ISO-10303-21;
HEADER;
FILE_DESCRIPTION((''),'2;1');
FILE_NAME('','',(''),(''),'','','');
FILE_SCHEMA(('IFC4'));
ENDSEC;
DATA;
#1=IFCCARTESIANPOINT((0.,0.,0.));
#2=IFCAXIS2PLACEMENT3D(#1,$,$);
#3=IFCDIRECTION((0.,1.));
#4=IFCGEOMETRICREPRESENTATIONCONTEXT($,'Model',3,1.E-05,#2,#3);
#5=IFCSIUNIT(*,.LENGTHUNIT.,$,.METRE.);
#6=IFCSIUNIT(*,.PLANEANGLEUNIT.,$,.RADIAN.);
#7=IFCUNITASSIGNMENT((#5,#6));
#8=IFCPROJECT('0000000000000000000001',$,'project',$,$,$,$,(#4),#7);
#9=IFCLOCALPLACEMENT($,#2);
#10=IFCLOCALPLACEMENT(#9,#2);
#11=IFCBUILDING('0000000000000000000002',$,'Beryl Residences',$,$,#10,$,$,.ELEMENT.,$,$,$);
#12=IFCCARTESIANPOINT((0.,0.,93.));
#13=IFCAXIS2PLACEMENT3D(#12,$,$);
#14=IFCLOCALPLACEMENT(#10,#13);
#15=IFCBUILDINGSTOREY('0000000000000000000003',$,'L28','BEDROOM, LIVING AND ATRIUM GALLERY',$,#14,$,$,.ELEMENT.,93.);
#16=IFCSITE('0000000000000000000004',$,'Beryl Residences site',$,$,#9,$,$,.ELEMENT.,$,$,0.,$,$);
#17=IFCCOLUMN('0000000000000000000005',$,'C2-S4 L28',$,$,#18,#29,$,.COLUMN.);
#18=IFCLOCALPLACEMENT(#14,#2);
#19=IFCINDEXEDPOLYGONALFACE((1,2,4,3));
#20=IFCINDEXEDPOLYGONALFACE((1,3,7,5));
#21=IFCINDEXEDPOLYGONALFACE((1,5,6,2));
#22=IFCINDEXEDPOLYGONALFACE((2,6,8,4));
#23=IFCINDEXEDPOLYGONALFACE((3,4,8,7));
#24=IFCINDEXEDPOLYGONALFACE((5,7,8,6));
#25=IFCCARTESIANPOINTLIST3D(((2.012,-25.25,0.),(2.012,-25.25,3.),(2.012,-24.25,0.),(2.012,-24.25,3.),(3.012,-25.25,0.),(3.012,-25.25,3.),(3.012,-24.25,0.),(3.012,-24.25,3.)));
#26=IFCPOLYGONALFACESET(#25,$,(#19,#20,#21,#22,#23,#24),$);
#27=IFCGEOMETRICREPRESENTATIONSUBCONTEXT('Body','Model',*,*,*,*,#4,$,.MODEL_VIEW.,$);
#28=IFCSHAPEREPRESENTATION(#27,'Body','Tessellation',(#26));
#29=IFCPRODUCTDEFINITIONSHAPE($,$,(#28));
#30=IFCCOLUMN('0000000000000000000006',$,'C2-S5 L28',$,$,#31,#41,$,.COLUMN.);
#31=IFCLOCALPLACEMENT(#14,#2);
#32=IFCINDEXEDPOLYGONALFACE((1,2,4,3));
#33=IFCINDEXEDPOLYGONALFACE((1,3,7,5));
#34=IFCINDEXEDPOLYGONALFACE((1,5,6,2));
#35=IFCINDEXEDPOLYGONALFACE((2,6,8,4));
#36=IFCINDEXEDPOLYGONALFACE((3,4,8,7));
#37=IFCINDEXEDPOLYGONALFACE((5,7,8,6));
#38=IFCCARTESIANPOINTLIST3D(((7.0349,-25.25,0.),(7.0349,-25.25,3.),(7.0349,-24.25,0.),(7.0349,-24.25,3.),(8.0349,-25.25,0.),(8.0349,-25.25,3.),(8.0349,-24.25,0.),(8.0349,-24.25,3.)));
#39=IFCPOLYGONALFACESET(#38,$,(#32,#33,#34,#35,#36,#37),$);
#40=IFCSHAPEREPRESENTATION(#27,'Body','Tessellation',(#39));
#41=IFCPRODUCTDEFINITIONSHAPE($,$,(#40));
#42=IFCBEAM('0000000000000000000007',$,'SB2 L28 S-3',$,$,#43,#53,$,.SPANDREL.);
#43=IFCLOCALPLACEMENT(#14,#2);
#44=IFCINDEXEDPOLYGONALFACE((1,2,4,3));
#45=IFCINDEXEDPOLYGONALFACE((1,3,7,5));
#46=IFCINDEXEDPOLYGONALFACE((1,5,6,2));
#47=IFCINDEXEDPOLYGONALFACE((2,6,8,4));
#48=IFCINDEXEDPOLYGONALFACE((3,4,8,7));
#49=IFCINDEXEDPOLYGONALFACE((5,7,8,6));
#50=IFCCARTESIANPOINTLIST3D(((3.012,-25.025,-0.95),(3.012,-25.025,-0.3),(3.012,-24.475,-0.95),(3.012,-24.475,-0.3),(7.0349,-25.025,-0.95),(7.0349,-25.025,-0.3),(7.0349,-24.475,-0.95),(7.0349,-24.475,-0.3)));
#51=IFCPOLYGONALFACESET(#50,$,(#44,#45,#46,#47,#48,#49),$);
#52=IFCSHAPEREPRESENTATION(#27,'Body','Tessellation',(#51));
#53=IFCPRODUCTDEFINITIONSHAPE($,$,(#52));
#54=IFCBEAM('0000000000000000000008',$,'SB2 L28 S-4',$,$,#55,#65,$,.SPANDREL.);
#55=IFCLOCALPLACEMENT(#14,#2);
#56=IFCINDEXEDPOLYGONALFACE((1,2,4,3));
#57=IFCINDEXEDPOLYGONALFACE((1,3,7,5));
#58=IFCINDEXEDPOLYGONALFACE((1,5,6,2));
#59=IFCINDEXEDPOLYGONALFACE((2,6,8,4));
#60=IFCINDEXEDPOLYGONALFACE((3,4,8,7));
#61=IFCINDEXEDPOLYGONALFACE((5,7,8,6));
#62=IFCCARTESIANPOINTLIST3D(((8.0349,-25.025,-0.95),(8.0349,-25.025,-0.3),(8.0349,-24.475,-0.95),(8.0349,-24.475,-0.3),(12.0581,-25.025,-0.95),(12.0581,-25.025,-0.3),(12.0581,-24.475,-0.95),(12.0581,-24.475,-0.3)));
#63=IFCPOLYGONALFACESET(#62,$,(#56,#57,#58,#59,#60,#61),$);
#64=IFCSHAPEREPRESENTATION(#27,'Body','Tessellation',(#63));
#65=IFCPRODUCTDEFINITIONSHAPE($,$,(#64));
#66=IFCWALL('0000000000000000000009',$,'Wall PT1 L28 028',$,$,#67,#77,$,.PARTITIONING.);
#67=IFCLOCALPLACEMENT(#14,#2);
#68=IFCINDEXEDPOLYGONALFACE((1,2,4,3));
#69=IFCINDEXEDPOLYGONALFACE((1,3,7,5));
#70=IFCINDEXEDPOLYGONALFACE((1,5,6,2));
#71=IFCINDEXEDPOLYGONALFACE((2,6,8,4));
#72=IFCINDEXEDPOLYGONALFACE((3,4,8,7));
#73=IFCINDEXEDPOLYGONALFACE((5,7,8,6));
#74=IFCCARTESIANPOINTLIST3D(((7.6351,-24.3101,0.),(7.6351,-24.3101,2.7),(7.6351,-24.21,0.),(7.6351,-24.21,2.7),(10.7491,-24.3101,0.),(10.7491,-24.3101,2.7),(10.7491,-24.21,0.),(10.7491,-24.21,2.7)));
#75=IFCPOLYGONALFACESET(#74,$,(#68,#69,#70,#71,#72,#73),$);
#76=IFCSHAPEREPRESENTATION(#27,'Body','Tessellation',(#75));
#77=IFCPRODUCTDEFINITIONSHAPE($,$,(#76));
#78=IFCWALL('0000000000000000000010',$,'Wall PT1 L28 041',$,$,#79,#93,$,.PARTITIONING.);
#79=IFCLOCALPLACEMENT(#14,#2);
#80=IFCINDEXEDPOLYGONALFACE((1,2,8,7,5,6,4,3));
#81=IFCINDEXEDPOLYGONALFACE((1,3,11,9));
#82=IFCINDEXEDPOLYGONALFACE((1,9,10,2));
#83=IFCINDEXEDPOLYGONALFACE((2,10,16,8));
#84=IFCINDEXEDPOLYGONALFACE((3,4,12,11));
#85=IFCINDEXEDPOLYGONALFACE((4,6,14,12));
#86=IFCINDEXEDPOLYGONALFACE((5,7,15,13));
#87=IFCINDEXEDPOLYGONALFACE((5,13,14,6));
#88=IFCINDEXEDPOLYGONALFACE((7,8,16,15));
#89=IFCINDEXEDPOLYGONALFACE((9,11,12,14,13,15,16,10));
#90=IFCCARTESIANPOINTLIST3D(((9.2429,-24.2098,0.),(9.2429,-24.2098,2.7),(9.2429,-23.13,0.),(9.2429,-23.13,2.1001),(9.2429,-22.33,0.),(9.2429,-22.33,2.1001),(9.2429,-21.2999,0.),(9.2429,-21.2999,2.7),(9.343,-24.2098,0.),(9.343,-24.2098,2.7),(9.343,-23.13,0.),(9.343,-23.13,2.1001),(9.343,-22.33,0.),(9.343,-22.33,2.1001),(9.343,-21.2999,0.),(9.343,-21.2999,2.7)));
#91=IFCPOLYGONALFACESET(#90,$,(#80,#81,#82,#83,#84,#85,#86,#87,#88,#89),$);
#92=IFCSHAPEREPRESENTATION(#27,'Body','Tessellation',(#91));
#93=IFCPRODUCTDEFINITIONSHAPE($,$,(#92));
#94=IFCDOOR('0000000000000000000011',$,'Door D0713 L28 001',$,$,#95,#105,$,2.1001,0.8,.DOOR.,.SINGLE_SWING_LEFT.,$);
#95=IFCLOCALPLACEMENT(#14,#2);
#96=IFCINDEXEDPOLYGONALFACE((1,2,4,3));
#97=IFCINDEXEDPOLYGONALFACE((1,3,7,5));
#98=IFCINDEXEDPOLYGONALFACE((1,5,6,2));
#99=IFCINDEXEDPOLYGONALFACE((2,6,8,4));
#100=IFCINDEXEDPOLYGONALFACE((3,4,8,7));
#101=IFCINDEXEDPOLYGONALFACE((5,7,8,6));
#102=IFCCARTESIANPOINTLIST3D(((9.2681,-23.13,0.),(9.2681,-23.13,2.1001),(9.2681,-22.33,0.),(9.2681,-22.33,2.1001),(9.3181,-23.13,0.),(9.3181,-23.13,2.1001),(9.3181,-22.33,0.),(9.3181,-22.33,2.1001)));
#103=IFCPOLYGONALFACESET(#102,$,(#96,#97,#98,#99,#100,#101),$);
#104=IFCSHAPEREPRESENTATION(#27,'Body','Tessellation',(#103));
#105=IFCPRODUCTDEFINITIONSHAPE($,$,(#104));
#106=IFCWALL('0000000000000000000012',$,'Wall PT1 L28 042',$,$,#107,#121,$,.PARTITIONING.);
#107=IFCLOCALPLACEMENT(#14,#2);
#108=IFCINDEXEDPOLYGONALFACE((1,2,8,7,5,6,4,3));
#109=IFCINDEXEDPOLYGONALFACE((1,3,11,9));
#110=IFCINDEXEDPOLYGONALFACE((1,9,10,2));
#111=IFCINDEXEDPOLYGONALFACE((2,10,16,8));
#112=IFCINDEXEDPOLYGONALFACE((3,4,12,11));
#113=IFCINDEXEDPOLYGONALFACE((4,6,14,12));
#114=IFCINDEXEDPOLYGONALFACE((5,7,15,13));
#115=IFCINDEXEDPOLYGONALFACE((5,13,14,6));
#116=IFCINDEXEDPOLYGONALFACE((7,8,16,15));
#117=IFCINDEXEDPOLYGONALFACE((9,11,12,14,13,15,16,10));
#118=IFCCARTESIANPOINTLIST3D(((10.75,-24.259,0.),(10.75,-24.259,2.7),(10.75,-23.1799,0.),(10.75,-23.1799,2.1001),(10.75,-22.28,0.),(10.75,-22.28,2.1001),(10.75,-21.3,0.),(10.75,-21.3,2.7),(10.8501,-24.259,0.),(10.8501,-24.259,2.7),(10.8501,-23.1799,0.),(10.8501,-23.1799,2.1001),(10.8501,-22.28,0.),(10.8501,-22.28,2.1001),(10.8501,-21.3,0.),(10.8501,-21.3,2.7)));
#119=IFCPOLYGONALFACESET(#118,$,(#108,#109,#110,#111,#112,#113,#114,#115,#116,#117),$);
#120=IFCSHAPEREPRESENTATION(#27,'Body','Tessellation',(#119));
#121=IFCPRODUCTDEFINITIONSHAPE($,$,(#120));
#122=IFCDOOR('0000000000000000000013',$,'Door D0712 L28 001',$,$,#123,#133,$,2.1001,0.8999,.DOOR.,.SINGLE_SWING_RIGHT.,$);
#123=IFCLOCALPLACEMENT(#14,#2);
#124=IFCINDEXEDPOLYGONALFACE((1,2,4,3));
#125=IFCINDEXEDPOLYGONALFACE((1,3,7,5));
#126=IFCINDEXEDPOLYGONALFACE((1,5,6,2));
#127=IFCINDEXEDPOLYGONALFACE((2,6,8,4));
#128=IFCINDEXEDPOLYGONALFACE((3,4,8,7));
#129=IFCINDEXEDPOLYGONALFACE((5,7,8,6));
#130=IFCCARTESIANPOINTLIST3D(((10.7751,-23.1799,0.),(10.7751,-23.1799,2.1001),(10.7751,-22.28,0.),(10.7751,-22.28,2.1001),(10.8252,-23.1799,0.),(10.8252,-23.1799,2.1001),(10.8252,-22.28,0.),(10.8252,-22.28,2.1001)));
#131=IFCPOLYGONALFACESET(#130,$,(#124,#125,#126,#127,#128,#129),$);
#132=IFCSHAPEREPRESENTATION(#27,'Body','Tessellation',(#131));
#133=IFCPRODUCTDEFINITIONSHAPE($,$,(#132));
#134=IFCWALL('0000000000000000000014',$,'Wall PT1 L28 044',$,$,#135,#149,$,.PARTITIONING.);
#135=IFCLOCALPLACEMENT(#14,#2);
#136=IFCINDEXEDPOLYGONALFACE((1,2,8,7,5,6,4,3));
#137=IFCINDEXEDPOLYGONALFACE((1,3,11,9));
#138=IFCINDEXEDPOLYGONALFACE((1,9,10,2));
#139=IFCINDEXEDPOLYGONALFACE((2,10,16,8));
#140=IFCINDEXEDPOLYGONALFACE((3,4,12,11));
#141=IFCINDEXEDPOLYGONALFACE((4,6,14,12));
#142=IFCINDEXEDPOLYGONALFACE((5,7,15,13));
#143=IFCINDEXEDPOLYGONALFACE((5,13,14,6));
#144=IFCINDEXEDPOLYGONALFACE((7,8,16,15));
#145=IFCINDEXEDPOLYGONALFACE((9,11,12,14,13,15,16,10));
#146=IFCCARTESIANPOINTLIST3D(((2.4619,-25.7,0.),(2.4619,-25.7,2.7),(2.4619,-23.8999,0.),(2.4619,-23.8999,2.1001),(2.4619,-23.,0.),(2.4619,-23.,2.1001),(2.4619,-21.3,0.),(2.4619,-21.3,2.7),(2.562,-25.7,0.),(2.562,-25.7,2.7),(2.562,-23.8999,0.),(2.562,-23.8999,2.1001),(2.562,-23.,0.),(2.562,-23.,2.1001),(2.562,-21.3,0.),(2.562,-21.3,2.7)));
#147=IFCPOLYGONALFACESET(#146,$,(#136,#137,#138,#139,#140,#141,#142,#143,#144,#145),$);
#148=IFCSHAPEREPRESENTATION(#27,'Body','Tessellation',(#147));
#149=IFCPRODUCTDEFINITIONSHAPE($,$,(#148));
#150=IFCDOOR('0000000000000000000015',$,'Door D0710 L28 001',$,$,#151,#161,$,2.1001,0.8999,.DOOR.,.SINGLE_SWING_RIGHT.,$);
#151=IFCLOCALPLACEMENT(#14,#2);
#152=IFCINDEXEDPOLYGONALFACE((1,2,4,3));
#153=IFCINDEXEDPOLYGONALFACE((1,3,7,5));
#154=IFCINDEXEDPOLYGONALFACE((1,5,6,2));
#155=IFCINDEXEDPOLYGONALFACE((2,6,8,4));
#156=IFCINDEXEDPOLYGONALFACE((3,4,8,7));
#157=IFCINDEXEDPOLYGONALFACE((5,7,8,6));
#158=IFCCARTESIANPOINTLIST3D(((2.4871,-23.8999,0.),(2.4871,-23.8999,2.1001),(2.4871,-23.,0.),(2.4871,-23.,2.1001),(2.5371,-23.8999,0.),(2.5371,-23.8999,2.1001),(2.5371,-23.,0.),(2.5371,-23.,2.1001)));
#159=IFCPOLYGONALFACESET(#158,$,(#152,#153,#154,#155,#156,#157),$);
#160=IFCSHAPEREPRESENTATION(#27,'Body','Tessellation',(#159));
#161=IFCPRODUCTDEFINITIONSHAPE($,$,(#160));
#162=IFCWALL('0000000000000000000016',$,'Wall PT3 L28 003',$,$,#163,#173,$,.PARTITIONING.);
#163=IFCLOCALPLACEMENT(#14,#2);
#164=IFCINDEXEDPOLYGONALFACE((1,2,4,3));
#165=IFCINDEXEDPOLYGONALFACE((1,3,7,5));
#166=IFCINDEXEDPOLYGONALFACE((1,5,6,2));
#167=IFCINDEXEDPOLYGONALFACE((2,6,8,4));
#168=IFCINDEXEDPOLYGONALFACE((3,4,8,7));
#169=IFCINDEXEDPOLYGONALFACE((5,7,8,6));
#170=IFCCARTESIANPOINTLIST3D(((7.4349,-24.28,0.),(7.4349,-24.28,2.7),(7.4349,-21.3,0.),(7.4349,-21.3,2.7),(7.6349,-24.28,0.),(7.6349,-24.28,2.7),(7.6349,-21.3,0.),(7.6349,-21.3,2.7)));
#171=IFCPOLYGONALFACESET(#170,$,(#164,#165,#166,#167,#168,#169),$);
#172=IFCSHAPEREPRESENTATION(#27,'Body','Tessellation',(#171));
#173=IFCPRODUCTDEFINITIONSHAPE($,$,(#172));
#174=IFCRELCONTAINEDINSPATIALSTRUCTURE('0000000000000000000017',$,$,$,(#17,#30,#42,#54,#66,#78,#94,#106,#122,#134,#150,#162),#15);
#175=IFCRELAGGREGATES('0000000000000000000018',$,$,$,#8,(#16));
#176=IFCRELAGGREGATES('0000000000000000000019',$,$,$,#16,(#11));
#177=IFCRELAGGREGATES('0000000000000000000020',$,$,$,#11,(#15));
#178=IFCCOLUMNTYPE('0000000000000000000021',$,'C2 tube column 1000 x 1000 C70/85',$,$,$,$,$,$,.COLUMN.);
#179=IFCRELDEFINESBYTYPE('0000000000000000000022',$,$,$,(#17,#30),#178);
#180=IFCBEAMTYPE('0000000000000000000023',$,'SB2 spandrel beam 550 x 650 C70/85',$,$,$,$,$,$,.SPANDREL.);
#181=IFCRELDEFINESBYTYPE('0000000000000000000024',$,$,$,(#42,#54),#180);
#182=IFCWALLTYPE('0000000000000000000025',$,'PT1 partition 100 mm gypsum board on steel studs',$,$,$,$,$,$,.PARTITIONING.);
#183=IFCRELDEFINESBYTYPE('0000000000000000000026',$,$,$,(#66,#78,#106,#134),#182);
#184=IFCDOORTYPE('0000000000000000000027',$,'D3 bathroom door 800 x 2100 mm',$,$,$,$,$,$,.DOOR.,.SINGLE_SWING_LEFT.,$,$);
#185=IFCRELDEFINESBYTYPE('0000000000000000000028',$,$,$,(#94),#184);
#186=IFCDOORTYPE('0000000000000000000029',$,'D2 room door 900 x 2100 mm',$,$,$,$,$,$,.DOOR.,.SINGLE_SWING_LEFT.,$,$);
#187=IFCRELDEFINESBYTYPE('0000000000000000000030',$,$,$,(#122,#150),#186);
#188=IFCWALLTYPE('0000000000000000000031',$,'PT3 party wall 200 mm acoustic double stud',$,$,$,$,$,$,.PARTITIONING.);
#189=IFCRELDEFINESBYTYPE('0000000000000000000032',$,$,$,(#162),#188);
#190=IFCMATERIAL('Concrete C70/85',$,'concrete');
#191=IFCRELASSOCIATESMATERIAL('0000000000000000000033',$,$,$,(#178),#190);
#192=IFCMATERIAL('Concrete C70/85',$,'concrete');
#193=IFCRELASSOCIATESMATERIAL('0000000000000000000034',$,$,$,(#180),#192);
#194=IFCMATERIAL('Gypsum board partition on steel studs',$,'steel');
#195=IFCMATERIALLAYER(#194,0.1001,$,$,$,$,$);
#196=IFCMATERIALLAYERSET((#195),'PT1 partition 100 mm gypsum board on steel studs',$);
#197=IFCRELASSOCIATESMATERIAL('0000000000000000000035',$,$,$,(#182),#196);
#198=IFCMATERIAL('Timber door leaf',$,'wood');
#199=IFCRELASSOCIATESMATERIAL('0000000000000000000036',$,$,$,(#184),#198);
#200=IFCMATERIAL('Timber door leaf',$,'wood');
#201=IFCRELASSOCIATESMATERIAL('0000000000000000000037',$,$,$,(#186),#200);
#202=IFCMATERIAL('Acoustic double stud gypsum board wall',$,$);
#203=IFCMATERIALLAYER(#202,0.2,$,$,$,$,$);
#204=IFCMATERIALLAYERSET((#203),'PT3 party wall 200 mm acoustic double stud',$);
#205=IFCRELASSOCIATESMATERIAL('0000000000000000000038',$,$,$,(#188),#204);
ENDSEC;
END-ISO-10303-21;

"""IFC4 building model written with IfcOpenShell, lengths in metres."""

from ifc_helpers import new_model, si_unit, direction, frame, frame_2d, origin, origin_2d, place, context, subcontext, project, spatial, rectangle, extrude, material, layer, layer_set, material_profile, profile_set, type_object, element, fill, save


model = new_model("IFC4")

# Units and contexts
model_context = context("Model", 3, precision=1e-05, world=origin(), true_north=direction((0.0, 1.0)))
body_context = subcontext(model_context, "Body", "Model", "MODEL_VIEW")
ifc_project = project(units=[si_unit("LENGTHUNIT", "METRE"), si_unit("PLANEANGLEUNIT", "RADIAN")], contexts=[model_context])

# Site, building, storey
site_placement = place(None, origin())
site = spatial("IfcSite", under=ifc_project, at=site_placement, Name="Beryl Residences site", CompositionType="ELEMENT", RefElevation=0.0)
building_placement = place(site_placement, origin())
building = spatial("IfcBuilding", under=site, at=building_placement, Name="Beryl Residences", CompositionType="ELEMENT")
storey_placement = place(building_placement, frame((0.0, 0.0, 93.0)))
storey = spatial("IfcBuildingStorey", under=building, at=storey_placement, Name="L28", Description="BEDROOM, LIVING AND ATRIUM GALLERY", CompositionType="ELEMENT", Elevation=93.0)

# Columns
ifc_material_1 = material(Name="Concrete C70/85", Category="concrete")
ifc_material_profile_1 = material_profile(ifc_material_1, rectangle(XDim=1.0, YDim=1.0, at=origin_2d()))
ifc_profile_set_1 = profile_set([ifc_material_profile_1], Name="Concrete C70/85")
column_type = type_object("IfcColumnType", Name="C2 tube column 1000 x 1000 C70/85", PredefinedType="COLUMN", material=ifc_profile_set_1)
for number, where, z_axis, x_axis, name in (
    (1, (2.512, -24.75, 0.0), (0.0, 0.0, 1.0), (1.0, 0.0, 0.0), "C2-S4 L28"),
    (2, (7.5349, -24.75, 0.0), (0.0, 0.0, 1.0), (1.0, 0.0, 0.0), "C2-S5 L28"),
):
    element("IfcColumn", number, at=place(storey_placement, frame(where, z_axis=z_axis, x_axis=x_axis)), inside=storey, type_object=column_type, Name=name, PredefinedType="COLUMN", context=body_context, shape_type="SweptSolid", body=[
        extrude(rectangle(XDim=1.0, YDim=1.0, at=origin_2d()), origin(), (0.0, 0.0, 1.0), 3.0),
    ])

# Beams
ifc_material_2 = material(Name="Concrete C70/85", Category="concrete")
ifc_material_profile_2 = material_profile(ifc_material_2, rectangle(XDim=0.55, YDim=0.6499, at=origin_2d()))
ifc_profile_set_2 = profile_set([ifc_material_profile_2], Name="Concrete C70/85")
beam_type = type_object("IfcBeamType", Name="SB2 spandrel beam 550 x 650 C70/85", PredefinedType="SPANDREL", material=ifc_profile_set_2)
beam_1_placement = place(storey_placement, frame((3.012, -24.75, -0.625), z_axis=(1.0, 0.0, 0.0), x_axis=(0.0, 1.0, 0.0)))
element("IfcBeam", 3, at=beam_1_placement, inside=storey, type_object=beam_type, Name="SB2 L28 S-3", PredefinedType="SPANDREL", context=body_context, shape_type="SweptSolid", body=[
    extrude(rectangle(XDim=0.55, YDim=0.6499, at=origin_2d()), origin(), (0.0, 0.0, 1.0), 4.0229),
])
beam_2_placement = place(storey_placement, frame((8.0349, -24.75, -0.625), z_axis=(1.0, 0.0, 0.0), x_axis=(0.0, 1.0, 0.0)))
element("IfcBeam", 4, at=beam_2_placement, inside=storey, type_object=beam_type, Name="SB2 L28 S-4", PredefinedType="SPANDREL", context=body_context, shape_type="SweptSolid", body=[
    extrude(rectangle(XDim=0.55, YDim=0.6499, at=origin_2d()), origin(), (0.0, 0.0, 1.0), 4.0232),
])

# Wall
ifc_material_3 = material(Name="Gypsum board partition on steel studs", Category="steel")
ifc_layer_1 = layer(ifc_material_3, 0.1001)
ifc_layer_set_1 = layer_set([ifc_layer_1], Name="PT1 partition 100 mm gypsum board on steel studs")
wall_type_1 = type_object("IfcWallType", Name="PT1 partition 100 mm gypsum board on steel studs", PredefinedType="PARTITIONING", material=ifc_layer_set_1)
wall_1_placement = place(storey_placement, frame((7.635, -24.26, 0.0), z_axis=(0.0, 0.0, 1.0), x_axis=(1.0, 0.0, 0.0)))
element("IfcWall", 5, at=wall_1_placement, inside=storey, type_object=wall_type_1, Name="Wall PT1 L28 028", PredefinedType="PARTITIONING", context=body_context, shape_type="SweptSolid", body=[
    extrude(rectangle(XDim=3.114, YDim=0.1001, at=frame_2d((1.5571, 0.0))), origin(), (0.0, 0.0, 1.0), 2.7),
])

# Walls, openings, doors
wall_2_placement = place(storey_placement, frame((9.293, -24.21, 0.0), z_axis=(0.0, 0.0, 1.0), x_axis=(0.0, 1.0, 0.0)))
wall_2 = element("IfcWall", 6, at=wall_2_placement, inside=storey, type_object=wall_type_1, Name="Wall PT1 L28 041", PredefinedType="PARTITIONING", context=body_context, shape_type="SweptSolid", body=[
    extrude(rectangle(XDim=2.9099, YDim=0.1001, at=frame_2d((1.4551, 0.0))), origin(), (0.0, 0.0, 1.0), 2.7),
])
opening_1_placement = place(wall_2_placement, frame((1.0801, 0.0, 0.0)))
opening_1 = element("IfcOpeningElement", 7, at=opening_1_placement, cuts=wall_2, PredefinedType="OPENING", context=body_context, shape_type="SweptSolid", body=[
    extrude(rectangle(XDim=0.8, YDim=2.1001, at=frame_2d((0.3999, 1.05))), frame((0.0, 0.0601, 0.0), z_axis=(0.0, -1.0, 0.0), x_axis=(1.0, 0.0, 0.0)), (0.0, 0.0, 1.0), 0.1201),
])
ifc_material_4 = material(Name="Timber door leaf", Category="wood")
door_type_1 = type_object("IfcDoorType", Name="D3 bathroom door 800 x 2100 mm", OperationType="SINGLE_SWING_LEFT", PredefinedType="DOOR", material=ifc_material_4)
door_1_placement = place(opening_1_placement, origin())
door_1 = element("IfcDoor", 8, at=door_1_placement, inside=storey, type_object=door_type_1, Name="Door D0713 L28 001", OperationType="SINGLE_SWING_LEFT", OverallHeight=2.1001, OverallWidth=0.8, PredefinedType="DOOR", context=body_context, shape_type="SweptSolid", body=[
    extrude(rectangle(XDim=0.8, YDim=2.1001, at=frame_2d((0.3999, 1.05))), frame((0.0, 0.0249, 0.0), z_axis=(0.0, -1.0, 0.0), x_axis=(1.0, 0.0, 0.0)), (0.0, 0.0, 1.0), 0.05),
])
fill(opening_1, door_1)
wall_3_placement = place(storey_placement, frame((10.8, -24.259, 0.0), z_axis=(0.0, 0.0, 1.0), x_axis=(0.0, 1.0, 0.0)))
wall_3 = element("IfcWall", 9, at=wall_3_placement, inside=storey, type_object=wall_type_1, Name="Wall PT1 L28 042", PredefinedType="PARTITIONING", context=body_context, shape_type="SweptSolid", body=[
    extrude(rectangle(XDim=2.959, YDim=0.1001, at=frame_2d((1.4795, 0.0))), origin(), (0.0, 0.0, 1.0), 2.7),
])
opening_2_placement = place(wall_3_placement, frame((1.0791, 0.0, 0.0)))
opening_2 = element("IfcOpeningElement", 10, at=opening_2_placement, cuts=wall_3, PredefinedType="OPENING", context=body_context, shape_type="SweptSolid", body=[
    extrude(rectangle(XDim=0.8999, YDim=2.1001, at=frame_2d((0.45, 1.05))), frame((0.0, 0.0601, 0.0), z_axis=(0.0, -1.0, 0.0), x_axis=(1.0, 0.0, 0.0)), (0.0, 0.0, 1.0), 0.1201),
])
ifc_material_5 = material(Name="Timber door leaf", Category="wood")
door_type_2 = type_object("IfcDoorType", Name="D2 room door 900 x 2100 mm", OperationType="SINGLE_SWING_LEFT", PredefinedType="DOOR", material=ifc_material_5)
door_2_placement = place(opening_2_placement, origin())
door_2 = element("IfcDoor", 11, at=door_2_placement, inside=storey, type_object=door_type_2, Name="Door D0712 L28 001", OperationType="SINGLE_SWING_RIGHT", OverallHeight=2.1001, OverallWidth=0.8999, PredefinedType="DOOR", context=body_context, shape_type="SweptSolid", body=[
    extrude(rectangle(XDim=0.8999, YDim=2.1001, at=frame_2d((0.45, 1.05))), frame((0.0, 0.0249, 0.0), z_axis=(0.0, -1.0, 0.0), x_axis=(1.0, 0.0, 0.0)), (0.0, 0.0, 1.0), 0.05),
])
fill(opening_2, door_2)
wall_4_placement = place(storey_placement, frame((2.512, -25.7, 0.0), z_axis=(0.0, 0.0, 1.0), x_axis=(0.0, 1.0, 0.0)))
wall_4 = element("IfcWall", 12, at=wall_4_placement, inside=storey, type_object=wall_type_1, Name="Wall PT1 L28 044", PredefinedType="PARTITIONING", context=body_context, shape_type="SweptSolid", body=[
    extrude(rectangle(XDim=4.3999, YDim=0.1001, at=frame_2d((2.2, 0.0))), origin(), (0.0, 0.0, 1.0), 2.7),
])
opening_3_placement = place(wall_4_placement, frame((1.8, 0.0, 0.0)))
opening_3 = element("IfcOpeningElement", 13, at=opening_3_placement, cuts=wall_4, PredefinedType="OPENING", context=body_context, shape_type="SweptSolid", body=[
    extrude(rectangle(XDim=0.8999, YDim=2.1001, at=frame_2d((0.45, 1.05))), frame((0.0, 0.0601, 0.0), z_axis=(0.0, -1.0, 0.0), x_axis=(1.0, 0.0, 0.0)), (0.0, 0.0, 1.0), 0.1201),
])
door_3_placement = place(opening_3_placement, origin())
door_3 = element("IfcDoor", 14, at=door_3_placement, inside=storey, type_object=door_type_2, Name="Door D0710 L28 001", OperationType="SINGLE_SWING_RIGHT", OverallHeight=2.1001, OverallWidth=0.8999, PredefinedType="DOOR", context=body_context, shape_type="SweptSolid", body=[
    extrude(rectangle(XDim=0.8999, YDim=2.1001, at=frame_2d((0.45, 1.05))), frame((0.0, 0.0249, 0.0), z_axis=(0.0, -1.0, 0.0), x_axis=(1.0, 0.0, 0.0)), (0.0, 0.0, 1.0), 0.05),
])
fill(opening_3, door_3)

# Wall
ifc_material_6 = material(Name="Acoustic double stud gypsum board wall")
ifc_layer_2 = layer(ifc_material_6, 0.2)
ifc_layer_set_2 = layer_set([ifc_layer_2], Name="PT3 party wall 200 mm acoustic double stud")
wall_type_2 = type_object("IfcWallType", Name="PT3 party wall 200 mm acoustic double stud", PredefinedType="PARTITIONING", material=ifc_layer_set_2)
wall_5_placement = place(storey_placement, frame((7.5349, -21.3, 0.0), z_axis=(0.0, 0.0, 1.0), x_axis=(0.0, -1.0, 0.0)))
element("IfcWall", 15, at=wall_5_placement, inside=storey, type_object=wall_type_2, Name="Wall PT3 L28 003", PredefinedType="PARTITIONING", context=body_context, shape_type="SweptSolid", body=[
    extrude(rectangle(XDim=2.98, YDim=0.2, at=frame_2d((1.49, 0.0))), origin(), (0.0, 0.0, 1.0), 2.7),
])

save(model, "model.ifc")
